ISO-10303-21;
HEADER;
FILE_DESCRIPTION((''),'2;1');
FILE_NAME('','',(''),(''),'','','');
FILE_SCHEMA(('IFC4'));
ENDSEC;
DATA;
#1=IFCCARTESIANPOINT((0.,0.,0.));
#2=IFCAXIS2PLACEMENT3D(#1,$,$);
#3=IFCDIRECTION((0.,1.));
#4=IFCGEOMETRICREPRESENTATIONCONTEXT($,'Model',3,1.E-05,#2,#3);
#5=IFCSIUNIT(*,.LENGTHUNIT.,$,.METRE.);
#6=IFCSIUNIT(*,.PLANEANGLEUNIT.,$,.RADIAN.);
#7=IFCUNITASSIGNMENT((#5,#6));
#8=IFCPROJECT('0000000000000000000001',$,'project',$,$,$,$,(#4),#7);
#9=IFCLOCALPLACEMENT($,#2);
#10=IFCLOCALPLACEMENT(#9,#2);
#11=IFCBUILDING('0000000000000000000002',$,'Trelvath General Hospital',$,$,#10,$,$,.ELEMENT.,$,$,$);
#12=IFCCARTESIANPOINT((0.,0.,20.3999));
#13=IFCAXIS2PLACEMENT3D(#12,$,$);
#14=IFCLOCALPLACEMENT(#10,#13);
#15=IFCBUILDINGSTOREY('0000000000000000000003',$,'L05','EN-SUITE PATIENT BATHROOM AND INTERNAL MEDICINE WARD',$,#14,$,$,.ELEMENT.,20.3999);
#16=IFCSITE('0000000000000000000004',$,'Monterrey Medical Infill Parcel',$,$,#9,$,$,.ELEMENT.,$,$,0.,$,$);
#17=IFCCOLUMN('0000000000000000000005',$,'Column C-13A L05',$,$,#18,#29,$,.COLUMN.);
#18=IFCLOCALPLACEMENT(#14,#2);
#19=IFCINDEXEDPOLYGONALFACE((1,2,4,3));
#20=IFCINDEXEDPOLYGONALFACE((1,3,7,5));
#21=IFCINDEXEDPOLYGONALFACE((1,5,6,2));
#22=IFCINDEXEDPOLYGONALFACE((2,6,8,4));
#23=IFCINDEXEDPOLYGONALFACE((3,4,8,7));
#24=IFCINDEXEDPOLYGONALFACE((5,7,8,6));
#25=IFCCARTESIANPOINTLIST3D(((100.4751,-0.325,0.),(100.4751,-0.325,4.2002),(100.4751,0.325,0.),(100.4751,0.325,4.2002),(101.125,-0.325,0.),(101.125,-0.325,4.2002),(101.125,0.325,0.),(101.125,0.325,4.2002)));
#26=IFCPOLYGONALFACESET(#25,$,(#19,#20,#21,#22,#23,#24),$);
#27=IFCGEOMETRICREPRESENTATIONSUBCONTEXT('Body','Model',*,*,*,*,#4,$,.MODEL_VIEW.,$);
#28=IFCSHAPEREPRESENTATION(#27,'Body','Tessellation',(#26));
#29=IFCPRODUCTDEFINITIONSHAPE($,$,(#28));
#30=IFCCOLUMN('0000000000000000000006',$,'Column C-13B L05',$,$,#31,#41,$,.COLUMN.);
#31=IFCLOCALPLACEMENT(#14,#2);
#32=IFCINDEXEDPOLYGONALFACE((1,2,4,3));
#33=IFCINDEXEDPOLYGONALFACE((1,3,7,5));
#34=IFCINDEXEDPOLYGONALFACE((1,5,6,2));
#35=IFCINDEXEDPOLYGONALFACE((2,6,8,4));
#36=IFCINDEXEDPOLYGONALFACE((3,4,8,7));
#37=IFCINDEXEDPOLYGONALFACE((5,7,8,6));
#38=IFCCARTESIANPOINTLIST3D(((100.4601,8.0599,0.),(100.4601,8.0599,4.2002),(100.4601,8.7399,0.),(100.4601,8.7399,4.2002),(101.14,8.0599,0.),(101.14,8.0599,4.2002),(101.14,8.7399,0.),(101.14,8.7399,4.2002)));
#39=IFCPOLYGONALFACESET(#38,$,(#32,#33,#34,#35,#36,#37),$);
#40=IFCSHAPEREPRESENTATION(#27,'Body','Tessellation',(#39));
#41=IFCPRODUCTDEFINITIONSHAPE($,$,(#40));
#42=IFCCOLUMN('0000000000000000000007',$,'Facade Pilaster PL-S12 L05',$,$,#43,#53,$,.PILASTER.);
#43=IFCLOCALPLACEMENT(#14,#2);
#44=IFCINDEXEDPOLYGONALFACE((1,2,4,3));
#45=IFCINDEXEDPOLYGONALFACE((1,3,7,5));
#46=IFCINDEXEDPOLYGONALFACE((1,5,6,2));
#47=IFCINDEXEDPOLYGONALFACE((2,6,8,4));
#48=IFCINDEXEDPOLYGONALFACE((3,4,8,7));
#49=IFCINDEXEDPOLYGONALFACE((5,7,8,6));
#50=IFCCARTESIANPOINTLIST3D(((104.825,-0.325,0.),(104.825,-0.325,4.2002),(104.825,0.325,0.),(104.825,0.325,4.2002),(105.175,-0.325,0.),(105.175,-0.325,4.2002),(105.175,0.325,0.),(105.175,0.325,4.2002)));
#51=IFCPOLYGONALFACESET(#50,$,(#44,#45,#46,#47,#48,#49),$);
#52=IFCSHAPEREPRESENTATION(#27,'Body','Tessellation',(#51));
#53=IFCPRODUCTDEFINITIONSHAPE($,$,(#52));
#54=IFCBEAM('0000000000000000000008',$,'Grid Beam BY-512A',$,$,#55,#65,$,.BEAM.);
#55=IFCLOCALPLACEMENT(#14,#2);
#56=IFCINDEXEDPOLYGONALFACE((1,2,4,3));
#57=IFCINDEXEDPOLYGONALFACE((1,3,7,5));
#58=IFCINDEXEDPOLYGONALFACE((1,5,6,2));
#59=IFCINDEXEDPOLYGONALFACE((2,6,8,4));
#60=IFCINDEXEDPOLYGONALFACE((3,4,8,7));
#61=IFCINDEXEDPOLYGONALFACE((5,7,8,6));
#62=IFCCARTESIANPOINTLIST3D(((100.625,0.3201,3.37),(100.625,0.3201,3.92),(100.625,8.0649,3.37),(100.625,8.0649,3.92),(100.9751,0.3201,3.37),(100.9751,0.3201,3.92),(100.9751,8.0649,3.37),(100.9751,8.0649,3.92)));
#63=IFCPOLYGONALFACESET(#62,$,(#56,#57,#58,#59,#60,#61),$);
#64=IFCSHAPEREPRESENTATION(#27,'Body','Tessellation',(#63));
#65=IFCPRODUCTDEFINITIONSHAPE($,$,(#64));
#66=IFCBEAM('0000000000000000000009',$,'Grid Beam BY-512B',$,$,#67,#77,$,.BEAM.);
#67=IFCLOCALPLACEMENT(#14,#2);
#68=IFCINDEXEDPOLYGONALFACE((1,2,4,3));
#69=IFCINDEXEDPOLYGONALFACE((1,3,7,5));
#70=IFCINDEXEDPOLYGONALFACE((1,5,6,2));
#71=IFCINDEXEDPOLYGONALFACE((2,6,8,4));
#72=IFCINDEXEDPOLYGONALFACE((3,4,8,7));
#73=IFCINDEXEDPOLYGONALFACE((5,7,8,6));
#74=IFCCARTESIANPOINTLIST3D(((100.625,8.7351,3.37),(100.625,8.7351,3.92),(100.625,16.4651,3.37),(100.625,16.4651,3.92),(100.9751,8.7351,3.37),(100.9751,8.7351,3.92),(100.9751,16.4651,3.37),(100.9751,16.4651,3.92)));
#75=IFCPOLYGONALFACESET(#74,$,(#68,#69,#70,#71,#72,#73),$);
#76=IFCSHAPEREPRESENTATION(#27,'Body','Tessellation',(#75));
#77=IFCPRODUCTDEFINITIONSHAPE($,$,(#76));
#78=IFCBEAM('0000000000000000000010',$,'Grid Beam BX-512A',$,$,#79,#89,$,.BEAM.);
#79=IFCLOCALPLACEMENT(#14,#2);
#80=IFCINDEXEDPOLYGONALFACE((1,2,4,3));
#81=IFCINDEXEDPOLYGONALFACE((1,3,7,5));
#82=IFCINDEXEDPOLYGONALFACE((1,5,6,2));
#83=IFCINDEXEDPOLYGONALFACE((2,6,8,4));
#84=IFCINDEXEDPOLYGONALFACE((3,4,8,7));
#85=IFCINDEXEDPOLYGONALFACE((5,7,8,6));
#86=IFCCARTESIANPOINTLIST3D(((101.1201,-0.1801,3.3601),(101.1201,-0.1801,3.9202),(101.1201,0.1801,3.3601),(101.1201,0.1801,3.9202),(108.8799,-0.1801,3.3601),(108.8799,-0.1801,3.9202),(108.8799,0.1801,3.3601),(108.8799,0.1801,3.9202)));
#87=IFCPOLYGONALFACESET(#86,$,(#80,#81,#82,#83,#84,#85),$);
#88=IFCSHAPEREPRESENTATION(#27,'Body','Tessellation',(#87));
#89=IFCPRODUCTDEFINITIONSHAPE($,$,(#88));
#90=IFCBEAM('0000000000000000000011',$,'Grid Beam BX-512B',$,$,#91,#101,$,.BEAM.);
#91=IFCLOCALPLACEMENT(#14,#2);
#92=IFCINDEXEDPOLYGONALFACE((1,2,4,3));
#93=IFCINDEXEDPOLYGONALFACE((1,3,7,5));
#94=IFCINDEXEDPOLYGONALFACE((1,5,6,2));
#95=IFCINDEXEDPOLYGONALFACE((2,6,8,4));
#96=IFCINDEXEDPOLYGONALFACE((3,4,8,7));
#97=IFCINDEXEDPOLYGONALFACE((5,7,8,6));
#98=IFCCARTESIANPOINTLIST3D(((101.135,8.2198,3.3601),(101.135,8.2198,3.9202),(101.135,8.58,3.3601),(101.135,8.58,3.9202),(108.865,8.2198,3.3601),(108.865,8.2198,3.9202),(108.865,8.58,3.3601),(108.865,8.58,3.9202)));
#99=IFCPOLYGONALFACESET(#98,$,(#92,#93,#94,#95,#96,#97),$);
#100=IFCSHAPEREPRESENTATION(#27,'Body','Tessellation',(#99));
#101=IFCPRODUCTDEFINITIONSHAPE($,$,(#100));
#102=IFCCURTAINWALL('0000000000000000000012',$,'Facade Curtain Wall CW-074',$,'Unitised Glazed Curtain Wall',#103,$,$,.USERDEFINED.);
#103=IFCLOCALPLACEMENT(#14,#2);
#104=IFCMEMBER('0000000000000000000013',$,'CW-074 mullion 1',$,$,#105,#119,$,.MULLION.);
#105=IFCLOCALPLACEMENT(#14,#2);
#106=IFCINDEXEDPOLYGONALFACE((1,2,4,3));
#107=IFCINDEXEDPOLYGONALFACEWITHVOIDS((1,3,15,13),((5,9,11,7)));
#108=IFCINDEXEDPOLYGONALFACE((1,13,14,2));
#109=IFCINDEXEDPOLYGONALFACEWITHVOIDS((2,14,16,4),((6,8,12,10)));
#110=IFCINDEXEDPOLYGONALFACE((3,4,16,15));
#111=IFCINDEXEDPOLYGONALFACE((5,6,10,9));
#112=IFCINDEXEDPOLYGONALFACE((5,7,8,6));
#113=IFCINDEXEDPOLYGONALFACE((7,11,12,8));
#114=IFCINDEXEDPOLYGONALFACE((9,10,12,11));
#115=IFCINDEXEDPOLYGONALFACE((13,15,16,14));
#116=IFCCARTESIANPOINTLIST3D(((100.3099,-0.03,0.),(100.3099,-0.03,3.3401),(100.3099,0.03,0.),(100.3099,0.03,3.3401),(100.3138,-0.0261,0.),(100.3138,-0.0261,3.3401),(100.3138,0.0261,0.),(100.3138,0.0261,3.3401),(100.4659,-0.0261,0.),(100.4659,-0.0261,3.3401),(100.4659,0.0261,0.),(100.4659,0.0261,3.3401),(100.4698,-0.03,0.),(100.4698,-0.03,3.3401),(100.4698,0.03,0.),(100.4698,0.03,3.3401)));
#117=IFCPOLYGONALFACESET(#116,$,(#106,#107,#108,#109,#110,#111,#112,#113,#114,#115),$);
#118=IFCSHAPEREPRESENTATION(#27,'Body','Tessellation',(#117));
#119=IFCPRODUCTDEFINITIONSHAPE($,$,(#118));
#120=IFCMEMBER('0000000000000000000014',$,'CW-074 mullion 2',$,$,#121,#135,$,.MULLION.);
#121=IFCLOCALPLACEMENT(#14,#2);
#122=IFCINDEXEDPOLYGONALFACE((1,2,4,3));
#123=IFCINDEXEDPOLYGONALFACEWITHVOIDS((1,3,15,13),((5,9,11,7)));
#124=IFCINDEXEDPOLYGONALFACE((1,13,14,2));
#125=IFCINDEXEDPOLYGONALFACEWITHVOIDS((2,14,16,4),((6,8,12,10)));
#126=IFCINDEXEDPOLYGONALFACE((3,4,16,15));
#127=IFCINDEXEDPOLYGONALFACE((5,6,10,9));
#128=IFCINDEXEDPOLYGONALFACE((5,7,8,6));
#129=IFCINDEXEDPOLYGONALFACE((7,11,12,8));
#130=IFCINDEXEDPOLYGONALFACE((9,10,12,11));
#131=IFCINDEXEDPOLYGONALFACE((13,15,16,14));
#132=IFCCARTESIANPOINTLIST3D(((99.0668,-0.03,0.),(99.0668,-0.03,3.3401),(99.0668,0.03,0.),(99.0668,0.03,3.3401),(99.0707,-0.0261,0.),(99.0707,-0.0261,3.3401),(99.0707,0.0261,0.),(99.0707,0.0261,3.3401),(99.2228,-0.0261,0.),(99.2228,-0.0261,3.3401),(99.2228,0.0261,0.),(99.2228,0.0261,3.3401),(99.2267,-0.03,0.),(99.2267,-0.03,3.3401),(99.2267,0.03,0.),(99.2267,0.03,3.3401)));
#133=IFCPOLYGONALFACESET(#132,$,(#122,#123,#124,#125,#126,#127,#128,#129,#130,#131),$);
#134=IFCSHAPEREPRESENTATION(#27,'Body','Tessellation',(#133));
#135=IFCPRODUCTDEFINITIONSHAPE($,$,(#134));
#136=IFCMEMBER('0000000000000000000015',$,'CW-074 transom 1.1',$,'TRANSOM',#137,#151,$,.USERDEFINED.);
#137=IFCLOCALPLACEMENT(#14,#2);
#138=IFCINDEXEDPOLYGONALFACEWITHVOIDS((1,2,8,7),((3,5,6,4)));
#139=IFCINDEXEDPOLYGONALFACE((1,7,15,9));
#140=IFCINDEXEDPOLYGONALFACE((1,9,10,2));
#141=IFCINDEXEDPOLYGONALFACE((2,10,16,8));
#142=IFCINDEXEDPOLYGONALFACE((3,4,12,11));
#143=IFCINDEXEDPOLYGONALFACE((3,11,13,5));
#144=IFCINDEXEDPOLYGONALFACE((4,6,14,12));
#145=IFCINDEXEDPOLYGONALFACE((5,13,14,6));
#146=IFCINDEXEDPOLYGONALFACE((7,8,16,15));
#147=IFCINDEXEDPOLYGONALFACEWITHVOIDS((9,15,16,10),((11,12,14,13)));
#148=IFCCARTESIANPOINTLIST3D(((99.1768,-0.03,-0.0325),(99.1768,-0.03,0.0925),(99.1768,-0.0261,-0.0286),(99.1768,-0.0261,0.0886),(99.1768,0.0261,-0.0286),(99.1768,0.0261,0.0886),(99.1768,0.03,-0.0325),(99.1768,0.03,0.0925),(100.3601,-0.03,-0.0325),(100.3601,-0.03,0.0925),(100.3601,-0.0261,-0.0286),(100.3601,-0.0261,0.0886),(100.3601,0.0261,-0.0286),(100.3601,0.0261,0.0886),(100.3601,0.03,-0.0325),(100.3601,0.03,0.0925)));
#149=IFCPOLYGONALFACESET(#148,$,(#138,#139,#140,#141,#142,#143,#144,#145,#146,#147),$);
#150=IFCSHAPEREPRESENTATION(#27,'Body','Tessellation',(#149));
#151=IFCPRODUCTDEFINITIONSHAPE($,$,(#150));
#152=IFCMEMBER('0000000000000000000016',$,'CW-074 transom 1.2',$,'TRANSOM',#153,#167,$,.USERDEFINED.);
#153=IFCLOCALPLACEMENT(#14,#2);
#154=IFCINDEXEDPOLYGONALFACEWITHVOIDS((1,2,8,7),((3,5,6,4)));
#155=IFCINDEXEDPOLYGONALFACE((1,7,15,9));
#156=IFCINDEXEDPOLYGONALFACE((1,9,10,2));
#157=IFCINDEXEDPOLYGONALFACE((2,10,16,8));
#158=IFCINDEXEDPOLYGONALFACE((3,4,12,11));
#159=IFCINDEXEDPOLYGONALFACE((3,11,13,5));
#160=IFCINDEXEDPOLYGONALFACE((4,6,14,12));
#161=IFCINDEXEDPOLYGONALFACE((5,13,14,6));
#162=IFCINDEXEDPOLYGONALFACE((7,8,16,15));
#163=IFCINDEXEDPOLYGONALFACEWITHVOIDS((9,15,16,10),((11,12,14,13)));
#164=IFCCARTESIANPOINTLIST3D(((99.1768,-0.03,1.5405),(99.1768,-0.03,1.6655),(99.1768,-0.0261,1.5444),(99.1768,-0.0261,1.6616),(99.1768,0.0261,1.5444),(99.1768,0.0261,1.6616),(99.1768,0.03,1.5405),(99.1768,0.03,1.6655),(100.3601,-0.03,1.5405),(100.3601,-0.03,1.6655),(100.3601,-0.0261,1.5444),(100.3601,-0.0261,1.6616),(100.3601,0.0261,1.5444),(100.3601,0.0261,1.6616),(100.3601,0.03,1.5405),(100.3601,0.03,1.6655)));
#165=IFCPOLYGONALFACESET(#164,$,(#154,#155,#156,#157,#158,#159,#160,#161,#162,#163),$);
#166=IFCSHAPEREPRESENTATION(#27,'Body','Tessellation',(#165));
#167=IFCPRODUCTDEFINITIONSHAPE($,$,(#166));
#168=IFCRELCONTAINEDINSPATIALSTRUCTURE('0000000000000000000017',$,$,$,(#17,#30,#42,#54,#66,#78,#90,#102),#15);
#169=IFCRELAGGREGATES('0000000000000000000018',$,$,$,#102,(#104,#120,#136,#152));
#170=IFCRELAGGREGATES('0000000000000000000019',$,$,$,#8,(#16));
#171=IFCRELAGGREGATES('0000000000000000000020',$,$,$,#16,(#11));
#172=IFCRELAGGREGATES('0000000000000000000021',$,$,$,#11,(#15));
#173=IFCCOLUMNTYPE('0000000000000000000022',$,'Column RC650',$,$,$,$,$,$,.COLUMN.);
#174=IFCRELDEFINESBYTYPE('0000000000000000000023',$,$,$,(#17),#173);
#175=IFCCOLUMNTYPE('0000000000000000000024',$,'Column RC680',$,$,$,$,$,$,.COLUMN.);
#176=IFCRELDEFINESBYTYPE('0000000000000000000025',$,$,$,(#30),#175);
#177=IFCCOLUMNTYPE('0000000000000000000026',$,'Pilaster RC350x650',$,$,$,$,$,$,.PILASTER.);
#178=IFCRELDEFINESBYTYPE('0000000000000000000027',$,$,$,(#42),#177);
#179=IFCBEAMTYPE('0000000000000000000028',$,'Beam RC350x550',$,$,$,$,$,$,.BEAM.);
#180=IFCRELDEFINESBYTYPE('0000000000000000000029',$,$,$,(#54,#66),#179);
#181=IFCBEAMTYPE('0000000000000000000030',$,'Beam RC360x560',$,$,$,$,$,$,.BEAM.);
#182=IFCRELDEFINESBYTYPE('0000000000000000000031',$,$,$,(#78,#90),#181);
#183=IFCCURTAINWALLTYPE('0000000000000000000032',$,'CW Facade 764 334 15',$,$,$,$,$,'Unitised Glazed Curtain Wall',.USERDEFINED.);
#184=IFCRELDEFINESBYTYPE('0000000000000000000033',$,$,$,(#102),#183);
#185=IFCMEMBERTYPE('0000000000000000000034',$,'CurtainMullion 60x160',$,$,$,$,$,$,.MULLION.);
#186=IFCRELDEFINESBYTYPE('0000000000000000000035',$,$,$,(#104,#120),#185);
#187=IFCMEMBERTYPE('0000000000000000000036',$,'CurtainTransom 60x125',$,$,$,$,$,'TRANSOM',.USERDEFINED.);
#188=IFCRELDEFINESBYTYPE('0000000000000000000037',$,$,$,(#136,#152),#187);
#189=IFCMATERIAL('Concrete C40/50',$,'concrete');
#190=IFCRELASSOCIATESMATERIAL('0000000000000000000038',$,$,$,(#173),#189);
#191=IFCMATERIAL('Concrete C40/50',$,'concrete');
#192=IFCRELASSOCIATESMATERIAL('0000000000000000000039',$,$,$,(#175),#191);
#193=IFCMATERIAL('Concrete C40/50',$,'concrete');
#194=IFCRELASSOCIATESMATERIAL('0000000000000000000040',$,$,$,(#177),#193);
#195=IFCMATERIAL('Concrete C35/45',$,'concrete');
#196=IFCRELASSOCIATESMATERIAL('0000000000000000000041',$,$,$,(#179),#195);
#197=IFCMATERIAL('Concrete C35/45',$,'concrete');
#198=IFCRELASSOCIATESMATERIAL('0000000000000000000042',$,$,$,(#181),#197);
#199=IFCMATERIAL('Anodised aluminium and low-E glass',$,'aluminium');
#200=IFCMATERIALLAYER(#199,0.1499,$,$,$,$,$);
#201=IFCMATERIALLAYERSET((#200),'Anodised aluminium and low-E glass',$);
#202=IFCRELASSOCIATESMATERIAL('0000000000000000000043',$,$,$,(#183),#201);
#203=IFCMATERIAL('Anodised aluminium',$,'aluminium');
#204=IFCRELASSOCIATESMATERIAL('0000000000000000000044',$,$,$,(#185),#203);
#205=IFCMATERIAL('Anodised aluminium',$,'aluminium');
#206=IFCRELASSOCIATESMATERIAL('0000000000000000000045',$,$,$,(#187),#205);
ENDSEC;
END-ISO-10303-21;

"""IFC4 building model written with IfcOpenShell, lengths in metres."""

from ifc_helpers import new_model, si_unit, direction, frame, origin, origin_2d, place, context, subcontext, project, spatial, rectangle, hollow_rectangle, extrude, material, layer, layer_set, material_profile, profile_set, type_object, element, aggregate, save


model = new_model("IFC4")

# Units and contexts
model_context = context("Model", 3, precision=1e-05, world=origin(), true_north=direction((0.0, 1.0)))
body_context = subcontext(model_context, "Body", "Model", "MODEL_VIEW")
ifc_project = project(units=[si_unit("LENGTHUNIT", "METRE"), si_unit("PLANEANGLEUNIT", "RADIAN")], contexts=[model_context])

# Site, building, storey
site_placement = place(None, origin())
site = spatial("IfcSite", under=ifc_project, at=site_placement, Name="Monterrey Medical Infill Parcel", CompositionType="ELEMENT", RefElevation=0.0)
building_placement = place(site_placement, origin())
building = spatial("IfcBuilding", under=site, at=building_placement, Name="Trelvath General Hospital", CompositionType="ELEMENT")
storey_placement = place(building_placement, frame((0.0, 0.0, 20.3999)))
storey = spatial("IfcBuildingStorey", under=building, at=storey_placement, Name="L05", Description="EN-SUITE PATIENT BATHROOM AND INTERNAL MEDICINE WARD", CompositionType="ELEMENT", Elevation=20.3999)

# Columns
ifc_material_1 = material(Name="Concrete C40/50", Category="concrete")
ifc_material_profile_1 = material_profile(ifc_material_1, rectangle(XDim=0.6499, YDim=0.6499, at=origin_2d()), Name="RC650x650")
ifc_profile_set_1 = profile_set([ifc_material_profile_1], Name="Concrete C40/50")
column_type_1 = type_object("IfcColumnType", Name="Column RC650", PredefinedType="COLUMN", material=ifc_profile_set_1)
column_1_placement = place(storey_placement, frame((100.8, 0.0, 0.0), z_axis=(0.0, 0.0, 1.0), x_axis=(1.0, 0.0, 0.0)))
element("IfcColumn", 1, at=column_1_placement, inside=storey, type_object=column_type_1, Name="Column C-13A L05", PredefinedType="COLUMN", context=body_context, shape_type="SweptSolid", body=[
    extrude(rectangle(XDim=0.6499, YDim=0.6499, at=origin_2d()), origin(), (0.0, 0.0, 1.0), 4.2002),
])
ifc_material_2 = material(Name="Concrete C40/50", Category="concrete")
ifc_material_profile_2 = material_profile(ifc_material_2, rectangle(XDim=0.6799, YDim=0.6799, at=origin_2d()), Name="RC680x680")
ifc_profile_set_2 = profile_set([ifc_material_profile_2], Name="Concrete C40/50")
column_type_2 = type_object("IfcColumnType", Name="Column RC680", PredefinedType="COLUMN", material=ifc_profile_set_2)
column_2_placement = place(storey_placement, frame((100.8, 8.3999, 0.0), z_axis=(0.0, 0.0, 1.0), x_axis=(1.0, 0.0, 0.0)))
element("IfcColumn", 2, at=column_2_placement, inside=storey, type_object=column_type_2, Name="Column C-13B L05", PredefinedType="COLUMN", context=body_context, shape_type="SweptSolid", body=[
    extrude(rectangle(XDim=0.6799, YDim=0.6799, at=origin_2d()), origin(), (0.0, 0.0, 1.0), 4.2002),
])
ifc_material_3 = material(Name="Concrete C40/50", Category="concrete")
ifc_material_profile_3 = material_profile(ifc_material_3, rectangle(XDim=0.3501, YDim=0.6499, at=origin_2d()), Name="RC350x650")
ifc_profile_set_3 = profile_set([ifc_material_profile_3], Name="Concrete C40/50")
column_type_3 = type_object("IfcColumnType", Name="Pilaster RC350x650", PredefinedType="PILASTER", material=ifc_profile_set_3)
column_3_placement = place(storey_placement, frame((105.0, 0.0, 0.0), z_axis=(0.0, 0.0, 1.0), x_axis=(1.0, 0.0, 0.0)))
element("IfcColumn", 3, at=column_3_placement, inside=storey, type_object=column_type_3, Name="Facade Pilaster PL-S12 L05", PredefinedType="PILASTER", context=body_context, shape_type="SweptSolid", body=[
    extrude(rectangle(XDim=0.3501, YDim=0.6499, at=origin_2d()), origin(), (0.0, 0.0, 1.0), 4.2002),
])

# Beams
ifc_material_4 = material(Name="Concrete C35/45", Category="concrete")
ifc_material_profile_4 = material_profile(ifc_material_4, rectangle(XDim=0.3501, YDim=0.55, at=origin_2d()), Name="RCB350x550")
ifc_profile_set_4 = profile_set([ifc_material_profile_4], Name="Concrete C35/45")
beam_type_1 = type_object("IfcBeamType", Name="Beam RC350x550", PredefinedType="BEAM", material=ifc_profile_set_4)
beam_1_placement = place(storey_placement, frame((100.8, 0.3201, 3.645), z_axis=(0.0, 1.0, 0.0), x_axis=(-1.0, 0.0, 0.0)))
element("IfcBeam", 4, at=beam_1_placement, inside=storey, type_object=beam_type_1, Name="Grid Beam BY-512A", PredefinedType="BEAM", context=body_context, shape_type="SweptSolid", body=[
    extrude(rectangle(XDim=0.3501, YDim=0.55, at=origin_2d()), origin(), (0.0, 0.0, 1.0), 7.7449),
])
beam_2_placement = place(storey_placement, frame((100.8, 8.7351, 3.645), z_axis=(0.0, 1.0, 0.0), x_axis=(-1.0, 0.0, 0.0)))
element("IfcBeam", 5, at=beam_2_placement, inside=storey, type_object=beam_type_1, Name="Grid Beam BY-512B", PredefinedType="BEAM", context=body_context, shape_type="SweptSolid", body=[
    extrude(rectangle(XDim=0.3501, YDim=0.55, at=origin_2d()), origin(), (0.0, 0.0, 1.0), 7.73),
])
ifc_material_5 = material(Name="Concrete C35/45", Category="concrete")
ifc_material_profile_5 = material_profile(ifc_material_5, rectangle(XDim=0.3601, YDim=0.5601, at=origin_2d()), Name="RCB360x560")
ifc_profile_set_5 = profile_set([ifc_material_profile_5], Name="Concrete C35/45")
beam_type_2 = type_object("IfcBeamType", Name="Beam RC360x560", PredefinedType="BEAM", material=ifc_profile_set_5)
beam_3_placement = place(storey_placement, frame((101.1201, 0.0, 3.6401), z_axis=(1.0, 0.0, 0.0), x_axis=(0.0, 1.0, 0.0)))
element("IfcBeam", 6, at=beam_3_placement, inside=storey, type_object=beam_type_2, Name="Grid Beam BX-512A", PredefinedType="BEAM", context=body_context, shape_type="SweptSolid", body=[
    extrude(rectangle(XDim=0.3601, YDim=0.5601, at=origin_2d()), origin(), (0.0, 0.0, 1.0), 7.7598),
])
beam_4_placement = place(storey_placement, frame((101.135, 8.3999, 3.6401), z_axis=(1.0, 0.0, 0.0), x_axis=(0.0, 1.0, 0.0)))
element("IfcBeam", 7, at=beam_4_placement, inside=storey, type_object=beam_type_2, Name="Grid Beam BX-512B", PredefinedType="BEAM", context=body_context, shape_type="SweptSolid", body=[
    extrude(rectangle(XDim=0.3601, YDim=0.5601, at=origin_2d()), origin(), (0.0, 0.0, 1.0), 7.73),
])

# Curtain wall, members
ifc_material_6 = material(Name="Anodised aluminium and low-E glass", Category="aluminium")
ifc_layer_1 = layer(ifc_material_6, 0.1499)
ifc_layer_set_1 = layer_set([ifc_layer_1], Name="Anodised aluminium and low-E glass")
curtain_wall_type = type_object("IfcCurtainWallType", Name="CW Facade 764 334 15", ElementType="Unitised Glazed Curtain Wall", PredefinedType="USERDEFINED", material=ifc_layer_set_1)
curtain_wall_placement = place(storey_placement, origin())
curtain_wall = element("IfcCurtainWall", 8, at=curtain_wall_placement, inside=storey, type_object=curtain_wall_type, Name="Facade Curtain Wall CW-074", ObjectType="Unitised Glazed Curtain Wall", PredefinedType="USERDEFINED")
ifc_material_7 = material(Name="Anodised aluminium", Category="aluminium")
ifc_material_profile_6 = material_profile(ifc_material_7, hollow_rectangle(XDim=0.0601, YDim=0.1599, WallThickness=0.0039, at=origin_2d()), Name="RHS60x160x4")
ifc_profile_set_6 = profile_set([ifc_material_profile_6], Name="Anodised aluminium")
member_type_1 = type_object("IfcMemberType", Name="CurtainMullion 60x160", PredefinedType="MULLION", material=ifc_profile_set_6)
member_1_placement = place(storey_placement, frame((100.3899, 0.0, 0.0), z_axis=(0.0, 0.0, 1.0), x_axis=(0.0, -1.0, 0.0)))
member_1 = element("IfcMember", 9, at=member_1_placement, type_object=member_type_1, Name="CW-074 mullion 1", PredefinedType="MULLION", context=body_context, shape_type="SweptSolid", body=[
    extrude(hollow_rectangle(XDim=0.0601, YDim=0.1599, WallThickness=0.0039, at=origin_2d()), origin(), (0.0, 0.0, 1.0), 3.3401),
])
member_2_placement = place(storey_placement, frame((99.1467, 0.0, 0.0), z_axis=(0.0, 0.0, 1.0), x_axis=(0.0, -1.0, 0.0)))
member_2 = element("IfcMember", 10, at=member_2_placement, type_object=member_type_1, Name="CW-074 mullion 2", PredefinedType="MULLION", context=body_context, shape_type="SweptSolid", body=[
    extrude(hollow_rectangle(XDim=0.0601, YDim=0.1599, WallThickness=0.0039, at=origin_2d()), origin(), (0.0, 0.0, 1.0), 3.3401),
])
ifc_material_8 = material(Name="Anodised aluminium", Category="aluminium")
ifc_material_profile_7 = material_profile(ifc_material_8, hollow_rectangle(XDim=0.0601, YDim=0.125, WallThickness=0.0039, at=origin_2d()), Name="RHS60x125x4")
ifc_profile_set_7 = profile_set([ifc_material_profile_7], Name="Anodised aluminium")
member_type_2 = type_object("IfcMemberType", Name="CurtainTransom 60x125", ElementType="TRANSOM", PredefinedType="USERDEFINED", material=ifc_profile_set_7)
member_3_placement = place(storey_placement, frame((100.3601, 0.0, 0.03), z_axis=(-1.0, 0.0, 0.0), x_axis=(0.0, -1.0, 0.0)))
member_3 = element("IfcMember", 11, at=member_3_placement, type_object=member_type_2, Name="CW-074 transom 1.1", ObjectType="TRANSOM", PredefinedType="USERDEFINED", context=body_context, shape_type="SweptSolid", body=[
    extrude(hollow_rectangle(XDim=0.0601, YDim=0.125, WallThickness=0.0039, at=origin_2d()), origin(), (0.0, 0.0, 1.0), 1.1833),
])
member_4_placement = place(storey_placement, frame((100.3601, 0.0, 1.603), z_axis=(-1.0, 0.0, 0.0), x_axis=(0.0, -1.0, 0.0)))
member_4 = element("IfcMember", 12, at=member_4_placement, type_object=member_type_2, Name="CW-074 transom 1.2", ObjectType="TRANSOM", PredefinedType="USERDEFINED", context=body_context, shape_type="SweptSolid", body=[
    extrude(hollow_rectangle(XDim=0.0601, YDim=0.125, WallThickness=0.0039, at=origin_2d()), origin(), (0.0, 0.0, 1.0), 1.1833),
])
aggregate(curtain_wall, [member_1, member_2, member_3, member_4])

save(model, "model.ifc")
